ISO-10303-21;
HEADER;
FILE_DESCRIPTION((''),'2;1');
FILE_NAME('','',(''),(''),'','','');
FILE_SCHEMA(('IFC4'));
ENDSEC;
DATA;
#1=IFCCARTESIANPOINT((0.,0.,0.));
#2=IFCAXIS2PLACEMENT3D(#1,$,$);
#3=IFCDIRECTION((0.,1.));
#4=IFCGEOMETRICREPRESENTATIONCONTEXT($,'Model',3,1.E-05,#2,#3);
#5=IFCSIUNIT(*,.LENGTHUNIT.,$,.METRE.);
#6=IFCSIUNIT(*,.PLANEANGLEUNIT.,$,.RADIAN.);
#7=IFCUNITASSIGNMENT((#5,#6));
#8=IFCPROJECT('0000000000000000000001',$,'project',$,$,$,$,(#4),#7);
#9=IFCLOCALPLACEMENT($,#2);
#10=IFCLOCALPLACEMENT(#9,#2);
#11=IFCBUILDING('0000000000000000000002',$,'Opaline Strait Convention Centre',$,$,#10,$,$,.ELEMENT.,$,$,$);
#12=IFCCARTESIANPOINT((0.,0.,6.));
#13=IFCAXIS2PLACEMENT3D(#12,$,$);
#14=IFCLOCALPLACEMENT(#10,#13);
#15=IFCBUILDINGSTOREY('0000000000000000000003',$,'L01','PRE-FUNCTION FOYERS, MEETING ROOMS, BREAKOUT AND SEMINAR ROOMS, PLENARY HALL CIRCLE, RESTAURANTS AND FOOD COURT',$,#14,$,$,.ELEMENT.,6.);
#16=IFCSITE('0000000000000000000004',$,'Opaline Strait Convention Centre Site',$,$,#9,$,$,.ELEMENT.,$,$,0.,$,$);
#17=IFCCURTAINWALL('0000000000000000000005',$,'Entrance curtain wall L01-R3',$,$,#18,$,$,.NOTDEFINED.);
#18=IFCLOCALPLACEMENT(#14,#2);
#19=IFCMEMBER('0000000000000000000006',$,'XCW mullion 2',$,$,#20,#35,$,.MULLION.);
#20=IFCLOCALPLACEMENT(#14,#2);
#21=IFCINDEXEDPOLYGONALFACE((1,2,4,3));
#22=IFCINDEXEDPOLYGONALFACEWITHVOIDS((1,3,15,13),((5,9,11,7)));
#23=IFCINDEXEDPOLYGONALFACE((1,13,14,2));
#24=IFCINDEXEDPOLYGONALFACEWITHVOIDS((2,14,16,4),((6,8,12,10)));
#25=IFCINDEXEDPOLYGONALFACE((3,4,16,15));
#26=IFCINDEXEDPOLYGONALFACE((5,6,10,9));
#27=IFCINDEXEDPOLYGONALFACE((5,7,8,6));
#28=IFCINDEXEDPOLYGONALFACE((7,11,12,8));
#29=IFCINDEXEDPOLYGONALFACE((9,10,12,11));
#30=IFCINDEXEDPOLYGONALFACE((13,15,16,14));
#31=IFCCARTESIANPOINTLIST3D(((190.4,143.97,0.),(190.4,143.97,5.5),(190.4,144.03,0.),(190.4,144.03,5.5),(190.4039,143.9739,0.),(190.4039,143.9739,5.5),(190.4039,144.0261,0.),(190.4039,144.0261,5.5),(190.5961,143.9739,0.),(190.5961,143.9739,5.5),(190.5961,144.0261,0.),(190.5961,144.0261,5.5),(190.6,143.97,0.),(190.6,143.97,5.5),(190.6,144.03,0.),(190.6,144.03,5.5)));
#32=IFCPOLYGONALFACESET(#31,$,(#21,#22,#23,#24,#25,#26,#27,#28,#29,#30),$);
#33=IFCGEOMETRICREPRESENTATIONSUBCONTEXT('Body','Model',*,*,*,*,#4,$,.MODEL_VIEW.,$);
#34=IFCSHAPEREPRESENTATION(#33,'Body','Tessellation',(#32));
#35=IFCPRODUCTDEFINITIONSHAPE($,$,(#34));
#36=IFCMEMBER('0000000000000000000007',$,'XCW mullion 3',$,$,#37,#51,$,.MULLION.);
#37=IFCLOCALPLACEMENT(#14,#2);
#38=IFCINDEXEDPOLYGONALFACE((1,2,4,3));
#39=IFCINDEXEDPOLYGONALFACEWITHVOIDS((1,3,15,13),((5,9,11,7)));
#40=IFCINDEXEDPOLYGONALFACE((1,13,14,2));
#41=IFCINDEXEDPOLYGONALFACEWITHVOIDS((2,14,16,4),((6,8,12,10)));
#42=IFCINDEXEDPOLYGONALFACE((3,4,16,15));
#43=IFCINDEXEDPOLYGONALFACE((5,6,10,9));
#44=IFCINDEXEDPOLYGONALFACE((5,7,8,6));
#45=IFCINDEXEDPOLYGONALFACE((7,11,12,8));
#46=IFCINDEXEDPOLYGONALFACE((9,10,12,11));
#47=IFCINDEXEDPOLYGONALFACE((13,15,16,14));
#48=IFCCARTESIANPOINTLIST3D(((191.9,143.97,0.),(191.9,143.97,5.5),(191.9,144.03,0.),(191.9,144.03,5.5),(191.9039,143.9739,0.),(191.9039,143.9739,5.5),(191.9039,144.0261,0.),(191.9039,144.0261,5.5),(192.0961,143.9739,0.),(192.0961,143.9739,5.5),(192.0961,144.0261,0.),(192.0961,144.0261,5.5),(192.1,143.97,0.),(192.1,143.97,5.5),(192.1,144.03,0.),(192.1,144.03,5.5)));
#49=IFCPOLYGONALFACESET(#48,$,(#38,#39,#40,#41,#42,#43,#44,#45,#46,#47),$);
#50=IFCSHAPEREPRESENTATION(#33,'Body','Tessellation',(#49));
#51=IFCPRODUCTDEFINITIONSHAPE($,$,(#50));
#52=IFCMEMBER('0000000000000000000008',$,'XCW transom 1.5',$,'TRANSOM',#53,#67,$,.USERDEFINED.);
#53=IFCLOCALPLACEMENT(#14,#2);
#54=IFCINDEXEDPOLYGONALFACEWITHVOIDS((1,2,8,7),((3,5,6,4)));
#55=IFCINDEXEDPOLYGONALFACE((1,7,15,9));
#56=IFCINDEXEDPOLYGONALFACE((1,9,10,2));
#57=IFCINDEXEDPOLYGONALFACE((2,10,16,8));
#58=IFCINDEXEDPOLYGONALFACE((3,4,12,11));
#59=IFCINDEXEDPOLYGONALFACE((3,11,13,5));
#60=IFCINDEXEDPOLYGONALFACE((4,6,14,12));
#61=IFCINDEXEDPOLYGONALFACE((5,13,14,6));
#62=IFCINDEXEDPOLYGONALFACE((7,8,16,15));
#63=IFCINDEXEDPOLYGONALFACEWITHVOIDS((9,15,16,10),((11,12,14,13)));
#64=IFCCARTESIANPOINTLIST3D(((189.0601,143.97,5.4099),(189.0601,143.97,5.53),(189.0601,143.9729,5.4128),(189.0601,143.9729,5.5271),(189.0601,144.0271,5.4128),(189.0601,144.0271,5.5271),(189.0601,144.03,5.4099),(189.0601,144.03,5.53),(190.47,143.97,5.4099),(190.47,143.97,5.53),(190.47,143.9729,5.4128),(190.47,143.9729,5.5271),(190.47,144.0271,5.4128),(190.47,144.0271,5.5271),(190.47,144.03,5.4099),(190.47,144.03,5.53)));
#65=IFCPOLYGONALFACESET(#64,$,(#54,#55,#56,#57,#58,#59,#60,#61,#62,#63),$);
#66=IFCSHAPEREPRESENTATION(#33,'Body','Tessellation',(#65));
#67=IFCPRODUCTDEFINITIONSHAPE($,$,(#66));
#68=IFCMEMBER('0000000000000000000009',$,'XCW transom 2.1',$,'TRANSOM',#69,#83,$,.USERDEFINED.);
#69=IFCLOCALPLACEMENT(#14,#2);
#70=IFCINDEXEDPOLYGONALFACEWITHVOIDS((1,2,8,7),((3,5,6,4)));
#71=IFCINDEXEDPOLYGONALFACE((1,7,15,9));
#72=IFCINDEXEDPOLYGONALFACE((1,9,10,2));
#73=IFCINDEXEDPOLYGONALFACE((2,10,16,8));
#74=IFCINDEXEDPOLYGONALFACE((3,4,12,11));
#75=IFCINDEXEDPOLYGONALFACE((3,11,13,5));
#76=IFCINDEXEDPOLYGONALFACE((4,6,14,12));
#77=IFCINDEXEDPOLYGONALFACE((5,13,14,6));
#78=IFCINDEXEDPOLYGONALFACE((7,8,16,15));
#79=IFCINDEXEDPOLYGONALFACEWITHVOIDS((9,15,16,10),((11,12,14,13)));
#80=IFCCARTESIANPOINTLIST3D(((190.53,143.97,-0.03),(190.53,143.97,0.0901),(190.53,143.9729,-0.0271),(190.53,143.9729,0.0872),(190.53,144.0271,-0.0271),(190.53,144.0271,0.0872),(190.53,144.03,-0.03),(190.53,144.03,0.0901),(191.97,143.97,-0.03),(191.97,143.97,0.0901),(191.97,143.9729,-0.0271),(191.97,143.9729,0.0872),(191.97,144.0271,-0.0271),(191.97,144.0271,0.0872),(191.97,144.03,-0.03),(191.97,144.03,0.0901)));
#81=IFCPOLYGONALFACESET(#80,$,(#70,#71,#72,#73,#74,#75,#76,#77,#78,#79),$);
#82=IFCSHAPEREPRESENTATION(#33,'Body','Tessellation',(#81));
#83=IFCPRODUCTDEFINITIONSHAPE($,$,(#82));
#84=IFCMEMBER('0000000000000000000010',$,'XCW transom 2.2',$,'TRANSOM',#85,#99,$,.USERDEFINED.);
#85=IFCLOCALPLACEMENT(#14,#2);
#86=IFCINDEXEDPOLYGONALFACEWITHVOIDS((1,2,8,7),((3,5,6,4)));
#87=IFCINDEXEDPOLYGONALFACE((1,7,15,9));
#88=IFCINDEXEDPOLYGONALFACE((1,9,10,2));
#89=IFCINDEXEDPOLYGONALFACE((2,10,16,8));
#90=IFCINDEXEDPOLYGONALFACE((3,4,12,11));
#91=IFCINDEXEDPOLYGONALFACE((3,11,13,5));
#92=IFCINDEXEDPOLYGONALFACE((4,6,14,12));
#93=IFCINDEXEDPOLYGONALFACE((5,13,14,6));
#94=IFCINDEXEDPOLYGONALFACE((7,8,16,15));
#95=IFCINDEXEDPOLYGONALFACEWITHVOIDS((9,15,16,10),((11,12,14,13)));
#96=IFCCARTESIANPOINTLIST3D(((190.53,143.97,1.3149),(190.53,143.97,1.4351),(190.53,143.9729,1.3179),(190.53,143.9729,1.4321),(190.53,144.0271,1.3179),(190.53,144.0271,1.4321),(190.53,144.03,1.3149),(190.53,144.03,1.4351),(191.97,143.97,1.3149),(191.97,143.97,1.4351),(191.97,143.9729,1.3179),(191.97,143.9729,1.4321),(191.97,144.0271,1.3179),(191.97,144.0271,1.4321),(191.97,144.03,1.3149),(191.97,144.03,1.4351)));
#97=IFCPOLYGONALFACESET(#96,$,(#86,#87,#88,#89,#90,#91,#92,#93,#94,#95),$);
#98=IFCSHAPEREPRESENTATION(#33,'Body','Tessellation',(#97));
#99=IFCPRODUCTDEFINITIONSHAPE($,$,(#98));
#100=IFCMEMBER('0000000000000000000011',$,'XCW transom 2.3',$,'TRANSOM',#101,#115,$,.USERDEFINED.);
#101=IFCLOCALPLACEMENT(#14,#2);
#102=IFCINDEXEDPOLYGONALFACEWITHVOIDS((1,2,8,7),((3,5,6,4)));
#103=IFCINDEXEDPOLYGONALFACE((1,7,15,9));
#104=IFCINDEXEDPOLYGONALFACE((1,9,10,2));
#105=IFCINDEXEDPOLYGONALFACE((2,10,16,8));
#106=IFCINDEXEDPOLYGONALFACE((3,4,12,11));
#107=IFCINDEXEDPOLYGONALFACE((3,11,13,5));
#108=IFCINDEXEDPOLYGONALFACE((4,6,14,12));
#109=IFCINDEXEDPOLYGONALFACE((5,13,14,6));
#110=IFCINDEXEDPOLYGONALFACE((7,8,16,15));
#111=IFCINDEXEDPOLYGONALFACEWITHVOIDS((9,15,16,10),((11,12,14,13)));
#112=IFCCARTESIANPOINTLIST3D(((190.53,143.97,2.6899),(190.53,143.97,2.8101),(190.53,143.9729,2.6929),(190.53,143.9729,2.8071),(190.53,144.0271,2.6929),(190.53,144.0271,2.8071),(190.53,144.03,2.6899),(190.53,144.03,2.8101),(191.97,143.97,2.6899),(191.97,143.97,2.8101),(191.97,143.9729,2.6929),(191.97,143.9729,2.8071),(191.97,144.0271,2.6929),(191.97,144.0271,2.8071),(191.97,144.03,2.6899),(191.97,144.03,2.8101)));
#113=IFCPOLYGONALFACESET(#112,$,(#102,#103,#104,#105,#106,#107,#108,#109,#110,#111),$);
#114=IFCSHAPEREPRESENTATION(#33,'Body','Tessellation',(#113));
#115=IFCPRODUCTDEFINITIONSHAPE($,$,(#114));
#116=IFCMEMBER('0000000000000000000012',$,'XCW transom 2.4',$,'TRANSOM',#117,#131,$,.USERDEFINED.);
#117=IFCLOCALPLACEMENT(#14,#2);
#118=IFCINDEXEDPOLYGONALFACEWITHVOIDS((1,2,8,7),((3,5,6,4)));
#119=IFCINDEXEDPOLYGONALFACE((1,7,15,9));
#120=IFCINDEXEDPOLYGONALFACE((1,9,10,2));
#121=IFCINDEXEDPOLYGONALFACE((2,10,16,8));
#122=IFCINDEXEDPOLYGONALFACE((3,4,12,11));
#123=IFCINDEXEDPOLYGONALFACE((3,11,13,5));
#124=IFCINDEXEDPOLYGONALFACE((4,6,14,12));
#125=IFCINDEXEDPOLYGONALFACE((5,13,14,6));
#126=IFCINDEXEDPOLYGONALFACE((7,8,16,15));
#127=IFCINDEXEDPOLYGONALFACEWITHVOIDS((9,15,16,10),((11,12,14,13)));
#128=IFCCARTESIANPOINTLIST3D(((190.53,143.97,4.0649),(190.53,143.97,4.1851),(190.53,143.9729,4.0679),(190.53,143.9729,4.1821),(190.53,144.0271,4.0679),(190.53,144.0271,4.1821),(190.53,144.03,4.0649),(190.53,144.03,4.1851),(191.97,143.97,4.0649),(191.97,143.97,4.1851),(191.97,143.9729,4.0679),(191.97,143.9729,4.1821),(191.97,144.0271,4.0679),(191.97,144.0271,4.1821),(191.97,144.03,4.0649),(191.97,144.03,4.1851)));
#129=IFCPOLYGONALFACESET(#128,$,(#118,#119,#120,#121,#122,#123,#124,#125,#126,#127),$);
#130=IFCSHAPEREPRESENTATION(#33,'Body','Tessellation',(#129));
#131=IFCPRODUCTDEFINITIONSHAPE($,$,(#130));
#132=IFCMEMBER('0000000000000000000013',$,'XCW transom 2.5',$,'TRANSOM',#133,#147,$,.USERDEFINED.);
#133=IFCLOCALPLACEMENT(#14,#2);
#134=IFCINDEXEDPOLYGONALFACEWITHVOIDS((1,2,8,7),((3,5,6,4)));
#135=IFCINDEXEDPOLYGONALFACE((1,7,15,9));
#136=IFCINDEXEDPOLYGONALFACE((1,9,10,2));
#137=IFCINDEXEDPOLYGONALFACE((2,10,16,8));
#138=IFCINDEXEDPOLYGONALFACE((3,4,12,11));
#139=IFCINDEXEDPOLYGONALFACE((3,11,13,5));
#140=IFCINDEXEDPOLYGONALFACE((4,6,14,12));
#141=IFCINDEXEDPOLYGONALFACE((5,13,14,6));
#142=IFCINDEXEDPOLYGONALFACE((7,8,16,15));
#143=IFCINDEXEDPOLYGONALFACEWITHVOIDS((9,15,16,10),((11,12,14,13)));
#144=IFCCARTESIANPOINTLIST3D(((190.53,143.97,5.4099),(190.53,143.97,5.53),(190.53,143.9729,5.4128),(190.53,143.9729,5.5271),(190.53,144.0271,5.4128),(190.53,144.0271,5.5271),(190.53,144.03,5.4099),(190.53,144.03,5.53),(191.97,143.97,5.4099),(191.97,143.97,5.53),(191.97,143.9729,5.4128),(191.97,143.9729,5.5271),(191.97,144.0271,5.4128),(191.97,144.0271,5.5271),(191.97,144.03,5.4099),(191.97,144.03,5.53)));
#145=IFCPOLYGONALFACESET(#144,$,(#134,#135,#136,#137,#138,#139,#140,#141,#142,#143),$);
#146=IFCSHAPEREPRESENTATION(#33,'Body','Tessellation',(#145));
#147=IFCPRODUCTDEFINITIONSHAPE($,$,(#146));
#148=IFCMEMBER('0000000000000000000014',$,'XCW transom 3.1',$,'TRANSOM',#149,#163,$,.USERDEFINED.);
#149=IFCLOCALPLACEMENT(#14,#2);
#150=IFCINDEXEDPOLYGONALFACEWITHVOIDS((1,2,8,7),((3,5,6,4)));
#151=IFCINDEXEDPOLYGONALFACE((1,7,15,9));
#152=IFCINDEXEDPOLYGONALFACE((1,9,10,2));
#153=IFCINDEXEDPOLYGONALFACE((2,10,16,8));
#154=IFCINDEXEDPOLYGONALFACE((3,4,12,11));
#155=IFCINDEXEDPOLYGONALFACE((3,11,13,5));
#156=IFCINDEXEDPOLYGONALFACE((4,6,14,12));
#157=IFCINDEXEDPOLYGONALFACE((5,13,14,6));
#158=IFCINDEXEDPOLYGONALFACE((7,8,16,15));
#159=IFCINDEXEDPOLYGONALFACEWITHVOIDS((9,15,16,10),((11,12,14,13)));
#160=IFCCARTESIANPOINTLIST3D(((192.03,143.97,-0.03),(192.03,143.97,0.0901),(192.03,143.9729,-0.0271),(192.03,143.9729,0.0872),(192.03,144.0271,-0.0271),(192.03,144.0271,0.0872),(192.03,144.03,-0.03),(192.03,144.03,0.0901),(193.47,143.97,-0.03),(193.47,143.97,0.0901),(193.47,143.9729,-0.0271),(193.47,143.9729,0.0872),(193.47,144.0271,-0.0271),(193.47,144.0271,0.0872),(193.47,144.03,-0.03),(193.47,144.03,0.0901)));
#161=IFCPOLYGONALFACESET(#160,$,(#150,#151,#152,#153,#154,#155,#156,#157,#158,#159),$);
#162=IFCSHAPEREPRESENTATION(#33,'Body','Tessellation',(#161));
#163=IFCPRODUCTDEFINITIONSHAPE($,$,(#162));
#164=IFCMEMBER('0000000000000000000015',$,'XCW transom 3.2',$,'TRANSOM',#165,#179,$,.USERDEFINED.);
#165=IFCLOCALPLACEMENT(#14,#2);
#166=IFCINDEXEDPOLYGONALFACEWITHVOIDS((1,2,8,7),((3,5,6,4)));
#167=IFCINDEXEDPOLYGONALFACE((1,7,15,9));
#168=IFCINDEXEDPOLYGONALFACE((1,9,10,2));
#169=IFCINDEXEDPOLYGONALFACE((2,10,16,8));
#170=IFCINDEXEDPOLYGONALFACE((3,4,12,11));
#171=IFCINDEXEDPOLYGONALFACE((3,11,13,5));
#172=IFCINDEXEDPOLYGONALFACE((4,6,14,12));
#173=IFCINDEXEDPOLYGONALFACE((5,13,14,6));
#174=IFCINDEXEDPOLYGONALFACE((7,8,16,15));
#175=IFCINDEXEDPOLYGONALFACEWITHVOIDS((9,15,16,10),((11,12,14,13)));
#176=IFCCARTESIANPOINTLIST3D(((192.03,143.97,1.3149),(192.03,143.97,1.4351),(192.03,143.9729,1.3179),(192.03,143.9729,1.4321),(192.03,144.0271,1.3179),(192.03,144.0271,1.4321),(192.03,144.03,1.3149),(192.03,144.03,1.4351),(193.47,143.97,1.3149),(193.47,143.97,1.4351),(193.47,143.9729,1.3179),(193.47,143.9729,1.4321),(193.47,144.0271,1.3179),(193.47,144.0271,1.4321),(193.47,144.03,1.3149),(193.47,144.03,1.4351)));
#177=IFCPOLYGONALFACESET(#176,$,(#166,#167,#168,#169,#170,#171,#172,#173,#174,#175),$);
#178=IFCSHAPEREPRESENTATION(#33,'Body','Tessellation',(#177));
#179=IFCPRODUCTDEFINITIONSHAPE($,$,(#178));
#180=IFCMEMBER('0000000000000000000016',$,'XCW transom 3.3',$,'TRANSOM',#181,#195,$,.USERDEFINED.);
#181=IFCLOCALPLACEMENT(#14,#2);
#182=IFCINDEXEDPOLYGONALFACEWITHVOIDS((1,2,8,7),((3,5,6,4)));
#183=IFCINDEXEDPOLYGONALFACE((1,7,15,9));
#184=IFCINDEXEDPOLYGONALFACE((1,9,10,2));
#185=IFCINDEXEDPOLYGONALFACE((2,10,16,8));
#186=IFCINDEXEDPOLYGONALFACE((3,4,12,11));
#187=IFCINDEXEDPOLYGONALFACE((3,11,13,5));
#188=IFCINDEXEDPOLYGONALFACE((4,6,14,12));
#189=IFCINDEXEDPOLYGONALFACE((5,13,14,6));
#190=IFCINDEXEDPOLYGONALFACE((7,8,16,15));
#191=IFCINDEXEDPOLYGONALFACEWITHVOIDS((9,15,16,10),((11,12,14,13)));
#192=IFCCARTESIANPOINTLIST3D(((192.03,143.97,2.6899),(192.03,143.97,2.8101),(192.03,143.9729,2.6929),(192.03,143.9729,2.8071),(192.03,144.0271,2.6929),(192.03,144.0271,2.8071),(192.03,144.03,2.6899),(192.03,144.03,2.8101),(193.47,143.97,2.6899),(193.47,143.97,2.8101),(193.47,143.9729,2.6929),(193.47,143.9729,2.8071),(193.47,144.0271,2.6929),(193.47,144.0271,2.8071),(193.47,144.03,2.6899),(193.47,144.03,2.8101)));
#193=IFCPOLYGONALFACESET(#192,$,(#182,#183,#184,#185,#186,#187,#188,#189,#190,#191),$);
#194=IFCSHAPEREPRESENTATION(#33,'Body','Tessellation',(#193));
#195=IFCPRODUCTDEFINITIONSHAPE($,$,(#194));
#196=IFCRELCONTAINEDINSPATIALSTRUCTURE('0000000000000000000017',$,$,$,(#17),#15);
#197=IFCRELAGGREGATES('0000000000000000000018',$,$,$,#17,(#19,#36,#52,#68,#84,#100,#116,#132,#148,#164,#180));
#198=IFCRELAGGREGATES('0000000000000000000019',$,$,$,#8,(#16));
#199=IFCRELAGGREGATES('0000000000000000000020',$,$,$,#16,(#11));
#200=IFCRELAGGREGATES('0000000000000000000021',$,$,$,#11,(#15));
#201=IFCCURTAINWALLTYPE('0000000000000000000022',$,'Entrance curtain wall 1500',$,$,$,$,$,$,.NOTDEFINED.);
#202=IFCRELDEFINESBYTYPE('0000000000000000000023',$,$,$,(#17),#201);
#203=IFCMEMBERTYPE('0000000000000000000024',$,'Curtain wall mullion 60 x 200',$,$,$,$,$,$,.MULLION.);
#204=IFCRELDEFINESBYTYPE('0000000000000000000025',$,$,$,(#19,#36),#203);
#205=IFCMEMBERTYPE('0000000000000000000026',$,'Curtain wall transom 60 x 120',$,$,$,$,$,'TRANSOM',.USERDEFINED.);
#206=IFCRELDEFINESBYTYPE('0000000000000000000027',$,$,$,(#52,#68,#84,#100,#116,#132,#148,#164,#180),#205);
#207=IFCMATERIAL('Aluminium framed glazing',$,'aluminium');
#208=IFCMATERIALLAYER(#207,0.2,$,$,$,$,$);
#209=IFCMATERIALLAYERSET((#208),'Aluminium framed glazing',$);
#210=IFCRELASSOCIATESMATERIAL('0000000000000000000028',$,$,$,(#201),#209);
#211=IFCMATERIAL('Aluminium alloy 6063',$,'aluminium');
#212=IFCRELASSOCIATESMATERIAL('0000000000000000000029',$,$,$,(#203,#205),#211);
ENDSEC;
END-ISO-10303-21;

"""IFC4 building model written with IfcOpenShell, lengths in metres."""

from ifc_helpers import new_model, si_unit, direction, frame, origin, origin_2d, place, context, subcontext, project, spatial, hollow_rectangle, extrude, material, layer, layer_set, material_profile, profile_set, type_object, element, aggregate, save


model = new_model("IFC4")

# Units and contexts
model_context = context("Model", 3, precision=1e-05, world=origin(), true_north=direction((0.0, 1.0)))
body_context = subcontext(model_context, "Body", "Model", "MODEL_VIEW")
ifc_project = project(units=[si_unit("LENGTHUNIT", "METRE"), si_unit("PLANEANGLEUNIT", "RADIAN")], contexts=[model_context])

# Site, building, storey
site_placement = place(None, origin())
site = spatial("IfcSite", under=ifc_project, at=site_placement, Name="Opaline Strait Convention Centre Site", CompositionType="ELEMENT", RefElevation=0.0)
building_placement = place(site_placement, origin())
building = spatial("IfcBuilding", under=site, at=building_placement, Name="Opaline Strait Convention Centre", CompositionType="ELEMENT")
storey_placement = place(building_placement, frame((0.0, 0.0, 6.0)))
storey = spatial("IfcBuildingStorey", under=building, at=storey_placement, Name="L01", Description="PRE-FUNCTION FOYERS, MEETING ROOMS, BREAKOUT AND SEMINAR ROOMS, PLENARY HALL CIRCLE, RESTAURANTS AND FOOD COURT", CompositionType="ELEMENT", Elevation=6.0)

# Curtain wall, members
ifc_material_1 = material(Name="Aluminium framed glazing", Category="aluminium")
ifc_layer_1 = layer(ifc_material_1, 0.2)
ifc_layer_set_1 = layer_set([ifc_layer_1], Name="Aluminium framed glazing")
curtain_wall_type = type_object("IfcCurtainWallType", Name="Entrance curtain wall 1500", PredefinedType="NOTDEFINED", material=ifc_layer_set_1)
curtain_wall_placement = place(storey_placement, origin())
curtain_wall = element("IfcCurtainWall", 1, at=curtain_wall_placement, inside=storey, type_object=curtain_wall_type, Name="Entrance curtain wall L01-R3", PredefinedType="NOTDEFINED")
ifc_material_2 = material(Name="Aluminium alloy 6063", Category="aluminium")
ifc_material_profile_1 = material_profile(ifc_material_2, hollow_rectangle(XDim=0.0601, YDim=0.2, WallThickness=0.0039, at=origin_2d()), Name="MULLION 60x200x4")
ifc_profile_set_1 = profile_set([ifc_material_profile_1], Name="Aluminium alloy 6063")
member_type_1 = type_object("IfcMemberType", Name="Curtain wall mullion 60 x 200", PredefinedType="MULLION", material=ifc_profile_set_1)
member_1_placement = place(storey_placement, frame((190.5, 144.0, 0.0), z_axis=(0.0, 0.0, 1.0), x_axis=(0.0, 1.0, 0.0)))
member_1 = element("IfcMember", 2, at=member_1_placement, type_object=member_type_1, Name="XCW mullion 2", PredefinedType="MULLION", context=body_context, shape_type="SweptSolid", body=[
    extrude(hollow_rectangle(XDim=0.0601, YDim=0.2, WallThickness=0.0039, at=origin_2d()), origin(), (0.0, 0.0, 1.0), 5.5),
])
member_2_placement = place(storey_placement, frame((192.0, 144.0, 0.0), z_axis=(0.0, 0.0, 1.0), x_axis=(0.0, 1.0, 0.0)))
member_2 = element("IfcMember", 3, at=member_2_placement, type_object=member_type_1, Name="XCW mullion 3", PredefinedType="MULLION", context=body_context, shape_type="SweptSolid", body=[
    extrude(hollow_rectangle(XDim=0.0601, YDim=0.2, WallThickness=0.0039, at=origin_2d()), origin(), (0.0, 0.0, 1.0), 5.5),
])
ifc_material_profile_2 = material_profile(ifc_material_2, hollow_rectangle(XDim=0.0601, YDim=0.1201, WallThickness=0.0029, at=origin_2d()), Name="TRANSOM 60x120x3")
ifc_profile_set_2 = profile_set([ifc_material_profile_2], Name="Aluminium alloy 6063")
member_type_2 = type_object("IfcMemberType", Name="Curtain wall transom 60 x 120", ElementType="TRANSOM", PredefinedType="USERDEFINED", material=ifc_profile_set_2)
member_3_placement = place(storey_placement, frame((189.0601, 144.0, 5.47), z_axis=(1.0, 0.0, 0.0), x_axis=(0.0, 1.0, 0.0)))
member_3 = element("IfcMember", 4, at=member_3_placement, type_object=member_type_2, Name="XCW transom 1.5", ObjectType="TRANSOM", PredefinedType="USERDEFINED", context=body_context, shape_type="SweptSolid", body=[
    extrude(hollow_rectangle(XDim=0.0601, YDim=0.1201, WallThickness=0.0029, at=origin_2d()), origin(), (0.0, 0.0, 1.0), 1.4099),
])
member_4_placement = place(storey_placement, frame((190.53, 144.0, 0.03), z_axis=(1.0, 0.0, 0.0), x_axis=(0.0, 1.0, 0.0)))
member_4 = element("IfcMember", 5, at=member_4_placement, type_object=member_type_2, Name="XCW transom 2.1", ObjectType="TRANSOM", PredefinedType="USERDEFINED", context=body_context, shape_type="SweptSolid", body=[
    extrude(hollow_rectangle(XDim=0.0601, YDim=0.1201, WallThickness=0.0029, at=origin_2d()), origin(), (0.0, 0.0, 1.0), 1.4399),
])
member_5_placement = place(storey_placement, frame((190.53, 144.0, 1.375), z_axis=(1.0, 0.0, 0.0), x_axis=(0.0, 1.0, 0.0)))
member_5 = element("IfcMember", 6, at=member_5_placement, type_object=member_type_2, Name="XCW transom 2.2", ObjectType="TRANSOM", PredefinedType="USERDEFINED", context=body_context, shape_type="SweptSolid", body=[
    extrude(hollow_rectangle(XDim=0.0601, YDim=0.1201, WallThickness=0.0029, at=origin_2d()), origin(), (0.0, 0.0, 1.0), 1.4399),
])
member_6_placement = place(storey_placement, frame((190.53, 144.0, 2.75), z_axis=(1.0, 0.0, 0.0), x_axis=(0.0, 1.0, 0.0)))
member_6 = element("IfcMember", 7, at=member_6_placement, type_object=member_type_2, Name="XCW transom 2.3", ObjectType="TRANSOM", PredefinedType="USERDEFINED", context=body_context, shape_type="SweptSolid", body=[
    extrude(hollow_rectangle(XDim=0.0601, YDim=0.1201, WallThickness=0.0029, at=origin_2d()), origin(), (0.0, 0.0, 1.0), 1.4399),
])
member_7_placement = place(storey_placement, frame((190.53, 144.0, 4.125), z_axis=(1.0, 0.0, 0.0), x_axis=(0.0, 1.0, 0.0)))
member_7 = element("IfcMember", 8, at=member_7_placement, type_object=member_type_2, Name="XCW transom 2.4", ObjectType="TRANSOM", PredefinedType="USERDEFINED", context=body_context, shape_type="SweptSolid", body=[
    extrude(hollow_rectangle(XDim=0.0601, YDim=0.1201, WallThickness=0.0029, at=origin_2d()), origin(), (0.0, 0.0, 1.0), 1.4399),
])
member_8_placement = place(storey_placement, frame((190.53, 144.0, 5.47), z_axis=(1.0, 0.0, 0.0), x_axis=(0.0, 1.0, 0.0)))
member_8 = element("IfcMember", 9, at=member_8_placement, type_object=member_type_2, Name="XCW transom 2.5", ObjectType="TRANSOM", PredefinedType="USERDEFINED", context=body_context, shape_type="SweptSolid", body=[
    extrude(hollow_rectangle(XDim=0.0601, YDim=0.1201, WallThickness=0.0029, at=origin_2d()), origin(), (0.0, 0.0, 1.0), 1.4399),
])
member_9_placement = place(storey_placement, frame((192.03, 144.0, 0.03), z_axis=(1.0, 0.0, 0.0), x_axis=(0.0, 1.0, 0.0)))
member_9 = element("IfcMember", 10, at=member_9_placement, type_object=member_type_2, Name="XCW transom 3.1", ObjectType="TRANSOM", PredefinedType="USERDEFINED", context=body_context, shape_type="SweptSolid", body=[
    extrude(hollow_rectangle(XDim=0.0601, YDim=0.1201, WallThickness=0.0029, at=origin_2d()), origin(), (0.0, 0.0, 1.0), 1.4399),
])
member_10_placement = place(storey_placement, frame((192.03, 144.0, 1.375), z_axis=(1.0, 0.0, 0.0), x_axis=(0.0, 1.0, 0.0)))
member_10 = element("IfcMember", 11, at=member_10_placement, type_object=member_type_2, Name="XCW transom 3.2", ObjectType="TRANSOM", PredefinedType="USERDEFINED", context=body_context, shape_type="SweptSolid", body=[
    extrude(hollow_rectangle(XDim=0.0601, YDim=0.1201, WallThickness=0.0029, at=origin_2d()), origin(), (0.0, 0.0, 1.0), 1.4399),
])
member_11_placement = place(storey_placement, frame((192.03, 144.0, 2.75), z_axis=(1.0, 0.0, 0.0), x_axis=(0.0, 1.0, 0.0)))
member_11 = element("IfcMember", 12, at=member_11_placement, type_object=member_type_2, Name="XCW transom 3.3", ObjectType="TRANSOM", PredefinedType="USERDEFINED", context=body_context, shape_type="SweptSolid", body=[
    extrude(hollow_rectangle(XDim=0.0601, YDim=0.1201, WallThickness=0.0029, at=origin_2d()), origin(), (0.0, 0.0, 1.0), 1.4399),
])
aggregate(curtain_wall, [member_1, member_2, member_3, member_4, member_5, member_6, member_7, member_8, member_9, member_10, member_11])

save(model, "model.ifc")
